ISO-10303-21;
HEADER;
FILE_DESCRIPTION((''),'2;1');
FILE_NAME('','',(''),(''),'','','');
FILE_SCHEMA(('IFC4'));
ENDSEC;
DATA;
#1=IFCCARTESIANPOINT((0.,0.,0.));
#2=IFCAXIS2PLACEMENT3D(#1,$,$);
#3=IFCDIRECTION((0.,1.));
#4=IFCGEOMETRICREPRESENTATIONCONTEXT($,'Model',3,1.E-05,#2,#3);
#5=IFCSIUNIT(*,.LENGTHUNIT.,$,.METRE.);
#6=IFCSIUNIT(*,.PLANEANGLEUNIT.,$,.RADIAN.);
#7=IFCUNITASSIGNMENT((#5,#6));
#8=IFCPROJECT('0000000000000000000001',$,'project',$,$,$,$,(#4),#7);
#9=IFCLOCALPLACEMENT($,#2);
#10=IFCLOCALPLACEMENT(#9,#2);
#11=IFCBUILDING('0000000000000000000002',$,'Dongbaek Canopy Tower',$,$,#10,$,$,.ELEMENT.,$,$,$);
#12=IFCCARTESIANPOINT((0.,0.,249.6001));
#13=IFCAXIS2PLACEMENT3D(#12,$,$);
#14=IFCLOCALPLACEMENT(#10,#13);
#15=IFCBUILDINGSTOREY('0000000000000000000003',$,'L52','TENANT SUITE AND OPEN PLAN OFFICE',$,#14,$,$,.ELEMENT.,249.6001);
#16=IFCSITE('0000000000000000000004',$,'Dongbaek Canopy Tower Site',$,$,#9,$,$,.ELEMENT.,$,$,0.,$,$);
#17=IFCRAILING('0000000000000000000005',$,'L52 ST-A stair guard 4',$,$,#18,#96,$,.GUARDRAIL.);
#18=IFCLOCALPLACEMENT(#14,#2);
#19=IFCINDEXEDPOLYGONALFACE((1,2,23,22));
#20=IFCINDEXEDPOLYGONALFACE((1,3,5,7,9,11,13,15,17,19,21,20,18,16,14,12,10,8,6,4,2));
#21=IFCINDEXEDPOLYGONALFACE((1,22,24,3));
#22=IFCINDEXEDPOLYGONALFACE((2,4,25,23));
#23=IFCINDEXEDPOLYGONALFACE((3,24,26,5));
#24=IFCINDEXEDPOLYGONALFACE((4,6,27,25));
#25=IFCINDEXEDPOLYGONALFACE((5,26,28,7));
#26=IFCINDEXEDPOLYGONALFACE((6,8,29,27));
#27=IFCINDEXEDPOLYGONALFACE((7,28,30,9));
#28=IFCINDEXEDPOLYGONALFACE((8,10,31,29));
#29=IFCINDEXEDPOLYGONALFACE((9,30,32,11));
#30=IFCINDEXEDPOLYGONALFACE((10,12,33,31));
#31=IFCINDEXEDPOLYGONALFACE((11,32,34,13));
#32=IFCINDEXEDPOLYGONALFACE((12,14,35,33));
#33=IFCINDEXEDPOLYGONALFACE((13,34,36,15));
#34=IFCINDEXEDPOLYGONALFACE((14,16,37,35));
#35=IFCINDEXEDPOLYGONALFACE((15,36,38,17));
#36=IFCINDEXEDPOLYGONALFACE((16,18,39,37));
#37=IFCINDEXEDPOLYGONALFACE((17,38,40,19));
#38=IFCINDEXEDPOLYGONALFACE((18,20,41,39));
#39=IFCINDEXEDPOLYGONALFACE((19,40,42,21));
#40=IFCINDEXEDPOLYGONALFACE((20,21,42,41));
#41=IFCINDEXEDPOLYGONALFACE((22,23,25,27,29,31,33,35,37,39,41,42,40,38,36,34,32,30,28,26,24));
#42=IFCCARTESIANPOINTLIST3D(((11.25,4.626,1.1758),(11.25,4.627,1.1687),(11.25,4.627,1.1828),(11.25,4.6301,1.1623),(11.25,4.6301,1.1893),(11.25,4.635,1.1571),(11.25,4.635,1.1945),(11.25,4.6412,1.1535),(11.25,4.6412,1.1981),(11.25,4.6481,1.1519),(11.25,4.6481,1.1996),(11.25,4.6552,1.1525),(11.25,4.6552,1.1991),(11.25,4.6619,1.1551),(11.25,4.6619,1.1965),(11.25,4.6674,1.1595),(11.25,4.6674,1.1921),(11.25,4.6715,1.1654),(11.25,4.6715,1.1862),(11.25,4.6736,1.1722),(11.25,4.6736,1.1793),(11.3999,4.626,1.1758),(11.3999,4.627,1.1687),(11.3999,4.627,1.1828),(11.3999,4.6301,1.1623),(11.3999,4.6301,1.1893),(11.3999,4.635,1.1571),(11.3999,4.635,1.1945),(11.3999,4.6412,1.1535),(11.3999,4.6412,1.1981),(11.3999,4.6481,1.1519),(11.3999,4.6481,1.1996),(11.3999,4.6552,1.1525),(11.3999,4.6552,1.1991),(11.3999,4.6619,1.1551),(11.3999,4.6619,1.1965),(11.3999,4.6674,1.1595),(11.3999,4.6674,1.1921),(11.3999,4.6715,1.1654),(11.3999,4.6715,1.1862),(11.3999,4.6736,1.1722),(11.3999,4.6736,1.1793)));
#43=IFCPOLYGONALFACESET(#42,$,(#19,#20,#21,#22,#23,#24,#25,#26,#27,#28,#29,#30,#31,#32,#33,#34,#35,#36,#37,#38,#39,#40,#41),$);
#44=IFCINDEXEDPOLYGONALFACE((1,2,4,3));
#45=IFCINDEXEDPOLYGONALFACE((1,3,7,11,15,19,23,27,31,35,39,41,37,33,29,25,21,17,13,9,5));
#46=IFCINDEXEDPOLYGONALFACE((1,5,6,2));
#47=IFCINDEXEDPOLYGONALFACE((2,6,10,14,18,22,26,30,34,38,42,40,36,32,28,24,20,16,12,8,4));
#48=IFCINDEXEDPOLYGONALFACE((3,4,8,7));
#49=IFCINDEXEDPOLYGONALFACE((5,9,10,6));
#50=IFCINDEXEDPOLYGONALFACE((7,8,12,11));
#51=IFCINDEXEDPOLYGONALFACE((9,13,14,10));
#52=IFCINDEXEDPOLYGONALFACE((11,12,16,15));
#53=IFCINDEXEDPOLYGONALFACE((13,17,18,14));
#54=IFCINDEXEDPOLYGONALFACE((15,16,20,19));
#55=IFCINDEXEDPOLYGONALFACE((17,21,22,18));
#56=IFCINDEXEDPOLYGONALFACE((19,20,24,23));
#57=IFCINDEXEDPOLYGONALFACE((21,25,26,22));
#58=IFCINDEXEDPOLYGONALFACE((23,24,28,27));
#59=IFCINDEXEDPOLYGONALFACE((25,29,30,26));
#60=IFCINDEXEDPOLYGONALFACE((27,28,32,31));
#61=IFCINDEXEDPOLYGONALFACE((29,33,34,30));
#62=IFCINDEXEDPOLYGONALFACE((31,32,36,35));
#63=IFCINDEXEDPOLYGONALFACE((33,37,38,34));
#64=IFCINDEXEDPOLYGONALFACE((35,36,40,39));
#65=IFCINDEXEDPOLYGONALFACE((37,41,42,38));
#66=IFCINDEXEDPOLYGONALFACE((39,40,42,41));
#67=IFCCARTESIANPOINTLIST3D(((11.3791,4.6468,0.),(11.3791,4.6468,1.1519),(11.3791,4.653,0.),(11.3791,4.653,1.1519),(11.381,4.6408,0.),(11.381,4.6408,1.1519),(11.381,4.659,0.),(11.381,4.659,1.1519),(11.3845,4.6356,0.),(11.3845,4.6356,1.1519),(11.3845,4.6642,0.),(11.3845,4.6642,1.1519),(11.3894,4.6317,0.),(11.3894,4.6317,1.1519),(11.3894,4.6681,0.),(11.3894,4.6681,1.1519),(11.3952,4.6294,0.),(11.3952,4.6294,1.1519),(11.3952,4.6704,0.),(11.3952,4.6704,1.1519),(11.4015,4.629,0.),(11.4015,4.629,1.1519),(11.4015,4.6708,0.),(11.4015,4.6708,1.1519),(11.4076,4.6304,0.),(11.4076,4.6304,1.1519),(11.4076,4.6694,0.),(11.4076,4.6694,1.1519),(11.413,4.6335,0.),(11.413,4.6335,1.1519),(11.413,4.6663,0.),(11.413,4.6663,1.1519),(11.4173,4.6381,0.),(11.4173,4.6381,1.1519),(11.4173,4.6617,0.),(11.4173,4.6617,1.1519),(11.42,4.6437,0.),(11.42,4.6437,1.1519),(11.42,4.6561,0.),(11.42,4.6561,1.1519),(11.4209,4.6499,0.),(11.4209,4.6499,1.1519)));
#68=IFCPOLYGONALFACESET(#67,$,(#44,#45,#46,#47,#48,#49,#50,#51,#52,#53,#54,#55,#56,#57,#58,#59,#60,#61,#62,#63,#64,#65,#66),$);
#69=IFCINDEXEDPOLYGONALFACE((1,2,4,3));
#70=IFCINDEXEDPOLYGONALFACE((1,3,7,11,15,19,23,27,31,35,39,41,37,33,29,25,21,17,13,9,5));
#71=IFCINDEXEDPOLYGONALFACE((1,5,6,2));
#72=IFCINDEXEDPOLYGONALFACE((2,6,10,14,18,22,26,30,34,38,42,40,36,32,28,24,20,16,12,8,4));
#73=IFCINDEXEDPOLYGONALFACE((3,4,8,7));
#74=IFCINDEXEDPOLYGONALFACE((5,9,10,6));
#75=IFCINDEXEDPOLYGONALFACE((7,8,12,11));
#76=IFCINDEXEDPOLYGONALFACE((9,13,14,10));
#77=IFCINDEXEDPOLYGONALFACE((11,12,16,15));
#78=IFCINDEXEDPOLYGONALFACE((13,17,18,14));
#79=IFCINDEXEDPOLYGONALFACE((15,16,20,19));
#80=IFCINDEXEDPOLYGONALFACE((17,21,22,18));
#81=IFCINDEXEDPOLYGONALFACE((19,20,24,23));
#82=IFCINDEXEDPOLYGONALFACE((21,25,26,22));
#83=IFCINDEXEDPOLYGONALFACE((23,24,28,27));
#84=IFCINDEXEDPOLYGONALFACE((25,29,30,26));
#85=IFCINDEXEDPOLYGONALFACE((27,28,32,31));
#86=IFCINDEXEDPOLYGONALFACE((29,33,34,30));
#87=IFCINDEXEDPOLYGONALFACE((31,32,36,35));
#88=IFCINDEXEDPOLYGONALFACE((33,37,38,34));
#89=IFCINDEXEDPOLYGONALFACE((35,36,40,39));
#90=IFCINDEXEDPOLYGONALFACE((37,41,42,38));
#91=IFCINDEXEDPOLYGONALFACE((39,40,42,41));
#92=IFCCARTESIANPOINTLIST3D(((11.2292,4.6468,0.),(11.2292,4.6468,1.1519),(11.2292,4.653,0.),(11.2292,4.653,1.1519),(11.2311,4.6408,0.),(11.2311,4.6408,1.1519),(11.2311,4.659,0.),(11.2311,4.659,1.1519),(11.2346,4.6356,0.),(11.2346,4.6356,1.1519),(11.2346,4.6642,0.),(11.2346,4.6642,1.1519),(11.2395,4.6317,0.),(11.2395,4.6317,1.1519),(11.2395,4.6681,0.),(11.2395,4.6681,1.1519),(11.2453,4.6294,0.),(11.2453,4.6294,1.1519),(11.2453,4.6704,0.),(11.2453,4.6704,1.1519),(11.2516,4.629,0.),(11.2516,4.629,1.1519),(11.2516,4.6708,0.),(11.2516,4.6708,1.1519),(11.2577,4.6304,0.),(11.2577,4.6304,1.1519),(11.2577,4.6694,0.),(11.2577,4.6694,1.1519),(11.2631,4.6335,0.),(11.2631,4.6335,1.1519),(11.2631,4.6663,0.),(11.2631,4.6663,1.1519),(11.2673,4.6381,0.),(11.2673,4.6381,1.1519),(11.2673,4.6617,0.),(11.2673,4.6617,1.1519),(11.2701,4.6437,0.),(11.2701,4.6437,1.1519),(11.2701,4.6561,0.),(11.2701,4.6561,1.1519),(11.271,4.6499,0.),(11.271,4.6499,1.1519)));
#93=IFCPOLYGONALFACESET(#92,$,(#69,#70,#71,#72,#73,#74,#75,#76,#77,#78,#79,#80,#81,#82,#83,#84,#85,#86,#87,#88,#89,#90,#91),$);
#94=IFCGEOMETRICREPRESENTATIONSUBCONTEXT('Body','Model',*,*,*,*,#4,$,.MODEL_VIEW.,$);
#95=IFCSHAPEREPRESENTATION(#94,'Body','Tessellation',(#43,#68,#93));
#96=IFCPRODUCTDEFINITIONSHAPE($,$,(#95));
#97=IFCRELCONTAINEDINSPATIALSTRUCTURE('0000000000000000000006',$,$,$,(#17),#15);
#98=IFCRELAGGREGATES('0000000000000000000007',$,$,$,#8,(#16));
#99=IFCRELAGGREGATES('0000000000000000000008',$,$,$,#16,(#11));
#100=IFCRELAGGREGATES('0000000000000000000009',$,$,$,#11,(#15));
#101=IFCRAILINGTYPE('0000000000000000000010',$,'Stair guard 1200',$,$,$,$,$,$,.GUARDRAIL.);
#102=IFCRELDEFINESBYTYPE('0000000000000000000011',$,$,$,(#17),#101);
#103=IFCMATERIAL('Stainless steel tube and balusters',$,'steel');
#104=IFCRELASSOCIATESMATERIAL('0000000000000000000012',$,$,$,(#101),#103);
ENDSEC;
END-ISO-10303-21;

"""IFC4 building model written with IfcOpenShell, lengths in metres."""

from ifc_helpers import new_model, si_unit, direction, frame, origin, origin_2d, place, context, subcontext, project, spatial, circle, extrude, material, type_object, element, save


model = new_model("IFC4")

# Units and contexts
model_context = context("Model", 3, precision=1e-05, world=origin(), true_north=direction((0.0, 1.0)))
body_context = subcontext(model_context, "Body", "Model", "MODEL_VIEW")
ifc_project = project(units=[si_unit("LENGTHUNIT", "METRE"), si_unit("PLANEANGLEUNIT", "RADIAN")], contexts=[model_context])

# Site, building, storey
site_placement = place(None, origin())
site = spatial("IfcSite", under=ifc_project, at=site_placement, Name="Dongbaek Canopy Tower Site", CompositionType="ELEMENT", RefElevation=0.0)
building_placement = place(site_placement, origin())
building = spatial("IfcBuilding", under=site, at=building_placement, Name="Dongbaek Canopy Tower", CompositionType="ELEMENT")
storey_placement = place(building_placement, frame((0.0, 0.0, 249.6001)))
storey = spatial("IfcBuildingStorey", under=building, at=storey_placement, Name="L52", Description="TENANT SUITE AND OPEN PLAN OFFICE", CompositionType="ELEMENT", Elevation=249.6001)

# Railing
ifc_material_1 = material(Name="Stainless steel tube and balusters", Category="steel")
railing_type_1 = type_object("IfcRailingType", Name="Stair guard 1200", PredefinedType="GUARDRAIL", material=ifc_material_1)
railing_1_placement = place(storey_placement, frame((11.3999, 4.6499, 0.0)))
element("IfcRailing", 1, at=railing_1_placement, inside=storey, type_object=railing_type_1, Name="L52 ST-A stair guard 4", PredefinedType="GUARDRAIL", context=body_context, shape_type="SweptSolid", body=[
    extrude(circle(Radius=0.0239, at=origin_2d()), frame((0.0, 0.0, 1.1758), z_axis=(-1.0, 0.0, 0.0), x_axis=(0.0, -1.0, 0.0)), (0.0, 0.0, 1.0), 0.1499),
    extrude(circle(Radius=0.021, at=origin_2d()), origin(), (0.0, 0.0, 1.0), 1.1519),
    extrude(circle(Radius=0.021, at=origin_2d()), frame((-0.1499, 0.0, 0.0)), (0.0, 0.0, 1.0), 1.1519),
])

save(model, "model.ifc")
